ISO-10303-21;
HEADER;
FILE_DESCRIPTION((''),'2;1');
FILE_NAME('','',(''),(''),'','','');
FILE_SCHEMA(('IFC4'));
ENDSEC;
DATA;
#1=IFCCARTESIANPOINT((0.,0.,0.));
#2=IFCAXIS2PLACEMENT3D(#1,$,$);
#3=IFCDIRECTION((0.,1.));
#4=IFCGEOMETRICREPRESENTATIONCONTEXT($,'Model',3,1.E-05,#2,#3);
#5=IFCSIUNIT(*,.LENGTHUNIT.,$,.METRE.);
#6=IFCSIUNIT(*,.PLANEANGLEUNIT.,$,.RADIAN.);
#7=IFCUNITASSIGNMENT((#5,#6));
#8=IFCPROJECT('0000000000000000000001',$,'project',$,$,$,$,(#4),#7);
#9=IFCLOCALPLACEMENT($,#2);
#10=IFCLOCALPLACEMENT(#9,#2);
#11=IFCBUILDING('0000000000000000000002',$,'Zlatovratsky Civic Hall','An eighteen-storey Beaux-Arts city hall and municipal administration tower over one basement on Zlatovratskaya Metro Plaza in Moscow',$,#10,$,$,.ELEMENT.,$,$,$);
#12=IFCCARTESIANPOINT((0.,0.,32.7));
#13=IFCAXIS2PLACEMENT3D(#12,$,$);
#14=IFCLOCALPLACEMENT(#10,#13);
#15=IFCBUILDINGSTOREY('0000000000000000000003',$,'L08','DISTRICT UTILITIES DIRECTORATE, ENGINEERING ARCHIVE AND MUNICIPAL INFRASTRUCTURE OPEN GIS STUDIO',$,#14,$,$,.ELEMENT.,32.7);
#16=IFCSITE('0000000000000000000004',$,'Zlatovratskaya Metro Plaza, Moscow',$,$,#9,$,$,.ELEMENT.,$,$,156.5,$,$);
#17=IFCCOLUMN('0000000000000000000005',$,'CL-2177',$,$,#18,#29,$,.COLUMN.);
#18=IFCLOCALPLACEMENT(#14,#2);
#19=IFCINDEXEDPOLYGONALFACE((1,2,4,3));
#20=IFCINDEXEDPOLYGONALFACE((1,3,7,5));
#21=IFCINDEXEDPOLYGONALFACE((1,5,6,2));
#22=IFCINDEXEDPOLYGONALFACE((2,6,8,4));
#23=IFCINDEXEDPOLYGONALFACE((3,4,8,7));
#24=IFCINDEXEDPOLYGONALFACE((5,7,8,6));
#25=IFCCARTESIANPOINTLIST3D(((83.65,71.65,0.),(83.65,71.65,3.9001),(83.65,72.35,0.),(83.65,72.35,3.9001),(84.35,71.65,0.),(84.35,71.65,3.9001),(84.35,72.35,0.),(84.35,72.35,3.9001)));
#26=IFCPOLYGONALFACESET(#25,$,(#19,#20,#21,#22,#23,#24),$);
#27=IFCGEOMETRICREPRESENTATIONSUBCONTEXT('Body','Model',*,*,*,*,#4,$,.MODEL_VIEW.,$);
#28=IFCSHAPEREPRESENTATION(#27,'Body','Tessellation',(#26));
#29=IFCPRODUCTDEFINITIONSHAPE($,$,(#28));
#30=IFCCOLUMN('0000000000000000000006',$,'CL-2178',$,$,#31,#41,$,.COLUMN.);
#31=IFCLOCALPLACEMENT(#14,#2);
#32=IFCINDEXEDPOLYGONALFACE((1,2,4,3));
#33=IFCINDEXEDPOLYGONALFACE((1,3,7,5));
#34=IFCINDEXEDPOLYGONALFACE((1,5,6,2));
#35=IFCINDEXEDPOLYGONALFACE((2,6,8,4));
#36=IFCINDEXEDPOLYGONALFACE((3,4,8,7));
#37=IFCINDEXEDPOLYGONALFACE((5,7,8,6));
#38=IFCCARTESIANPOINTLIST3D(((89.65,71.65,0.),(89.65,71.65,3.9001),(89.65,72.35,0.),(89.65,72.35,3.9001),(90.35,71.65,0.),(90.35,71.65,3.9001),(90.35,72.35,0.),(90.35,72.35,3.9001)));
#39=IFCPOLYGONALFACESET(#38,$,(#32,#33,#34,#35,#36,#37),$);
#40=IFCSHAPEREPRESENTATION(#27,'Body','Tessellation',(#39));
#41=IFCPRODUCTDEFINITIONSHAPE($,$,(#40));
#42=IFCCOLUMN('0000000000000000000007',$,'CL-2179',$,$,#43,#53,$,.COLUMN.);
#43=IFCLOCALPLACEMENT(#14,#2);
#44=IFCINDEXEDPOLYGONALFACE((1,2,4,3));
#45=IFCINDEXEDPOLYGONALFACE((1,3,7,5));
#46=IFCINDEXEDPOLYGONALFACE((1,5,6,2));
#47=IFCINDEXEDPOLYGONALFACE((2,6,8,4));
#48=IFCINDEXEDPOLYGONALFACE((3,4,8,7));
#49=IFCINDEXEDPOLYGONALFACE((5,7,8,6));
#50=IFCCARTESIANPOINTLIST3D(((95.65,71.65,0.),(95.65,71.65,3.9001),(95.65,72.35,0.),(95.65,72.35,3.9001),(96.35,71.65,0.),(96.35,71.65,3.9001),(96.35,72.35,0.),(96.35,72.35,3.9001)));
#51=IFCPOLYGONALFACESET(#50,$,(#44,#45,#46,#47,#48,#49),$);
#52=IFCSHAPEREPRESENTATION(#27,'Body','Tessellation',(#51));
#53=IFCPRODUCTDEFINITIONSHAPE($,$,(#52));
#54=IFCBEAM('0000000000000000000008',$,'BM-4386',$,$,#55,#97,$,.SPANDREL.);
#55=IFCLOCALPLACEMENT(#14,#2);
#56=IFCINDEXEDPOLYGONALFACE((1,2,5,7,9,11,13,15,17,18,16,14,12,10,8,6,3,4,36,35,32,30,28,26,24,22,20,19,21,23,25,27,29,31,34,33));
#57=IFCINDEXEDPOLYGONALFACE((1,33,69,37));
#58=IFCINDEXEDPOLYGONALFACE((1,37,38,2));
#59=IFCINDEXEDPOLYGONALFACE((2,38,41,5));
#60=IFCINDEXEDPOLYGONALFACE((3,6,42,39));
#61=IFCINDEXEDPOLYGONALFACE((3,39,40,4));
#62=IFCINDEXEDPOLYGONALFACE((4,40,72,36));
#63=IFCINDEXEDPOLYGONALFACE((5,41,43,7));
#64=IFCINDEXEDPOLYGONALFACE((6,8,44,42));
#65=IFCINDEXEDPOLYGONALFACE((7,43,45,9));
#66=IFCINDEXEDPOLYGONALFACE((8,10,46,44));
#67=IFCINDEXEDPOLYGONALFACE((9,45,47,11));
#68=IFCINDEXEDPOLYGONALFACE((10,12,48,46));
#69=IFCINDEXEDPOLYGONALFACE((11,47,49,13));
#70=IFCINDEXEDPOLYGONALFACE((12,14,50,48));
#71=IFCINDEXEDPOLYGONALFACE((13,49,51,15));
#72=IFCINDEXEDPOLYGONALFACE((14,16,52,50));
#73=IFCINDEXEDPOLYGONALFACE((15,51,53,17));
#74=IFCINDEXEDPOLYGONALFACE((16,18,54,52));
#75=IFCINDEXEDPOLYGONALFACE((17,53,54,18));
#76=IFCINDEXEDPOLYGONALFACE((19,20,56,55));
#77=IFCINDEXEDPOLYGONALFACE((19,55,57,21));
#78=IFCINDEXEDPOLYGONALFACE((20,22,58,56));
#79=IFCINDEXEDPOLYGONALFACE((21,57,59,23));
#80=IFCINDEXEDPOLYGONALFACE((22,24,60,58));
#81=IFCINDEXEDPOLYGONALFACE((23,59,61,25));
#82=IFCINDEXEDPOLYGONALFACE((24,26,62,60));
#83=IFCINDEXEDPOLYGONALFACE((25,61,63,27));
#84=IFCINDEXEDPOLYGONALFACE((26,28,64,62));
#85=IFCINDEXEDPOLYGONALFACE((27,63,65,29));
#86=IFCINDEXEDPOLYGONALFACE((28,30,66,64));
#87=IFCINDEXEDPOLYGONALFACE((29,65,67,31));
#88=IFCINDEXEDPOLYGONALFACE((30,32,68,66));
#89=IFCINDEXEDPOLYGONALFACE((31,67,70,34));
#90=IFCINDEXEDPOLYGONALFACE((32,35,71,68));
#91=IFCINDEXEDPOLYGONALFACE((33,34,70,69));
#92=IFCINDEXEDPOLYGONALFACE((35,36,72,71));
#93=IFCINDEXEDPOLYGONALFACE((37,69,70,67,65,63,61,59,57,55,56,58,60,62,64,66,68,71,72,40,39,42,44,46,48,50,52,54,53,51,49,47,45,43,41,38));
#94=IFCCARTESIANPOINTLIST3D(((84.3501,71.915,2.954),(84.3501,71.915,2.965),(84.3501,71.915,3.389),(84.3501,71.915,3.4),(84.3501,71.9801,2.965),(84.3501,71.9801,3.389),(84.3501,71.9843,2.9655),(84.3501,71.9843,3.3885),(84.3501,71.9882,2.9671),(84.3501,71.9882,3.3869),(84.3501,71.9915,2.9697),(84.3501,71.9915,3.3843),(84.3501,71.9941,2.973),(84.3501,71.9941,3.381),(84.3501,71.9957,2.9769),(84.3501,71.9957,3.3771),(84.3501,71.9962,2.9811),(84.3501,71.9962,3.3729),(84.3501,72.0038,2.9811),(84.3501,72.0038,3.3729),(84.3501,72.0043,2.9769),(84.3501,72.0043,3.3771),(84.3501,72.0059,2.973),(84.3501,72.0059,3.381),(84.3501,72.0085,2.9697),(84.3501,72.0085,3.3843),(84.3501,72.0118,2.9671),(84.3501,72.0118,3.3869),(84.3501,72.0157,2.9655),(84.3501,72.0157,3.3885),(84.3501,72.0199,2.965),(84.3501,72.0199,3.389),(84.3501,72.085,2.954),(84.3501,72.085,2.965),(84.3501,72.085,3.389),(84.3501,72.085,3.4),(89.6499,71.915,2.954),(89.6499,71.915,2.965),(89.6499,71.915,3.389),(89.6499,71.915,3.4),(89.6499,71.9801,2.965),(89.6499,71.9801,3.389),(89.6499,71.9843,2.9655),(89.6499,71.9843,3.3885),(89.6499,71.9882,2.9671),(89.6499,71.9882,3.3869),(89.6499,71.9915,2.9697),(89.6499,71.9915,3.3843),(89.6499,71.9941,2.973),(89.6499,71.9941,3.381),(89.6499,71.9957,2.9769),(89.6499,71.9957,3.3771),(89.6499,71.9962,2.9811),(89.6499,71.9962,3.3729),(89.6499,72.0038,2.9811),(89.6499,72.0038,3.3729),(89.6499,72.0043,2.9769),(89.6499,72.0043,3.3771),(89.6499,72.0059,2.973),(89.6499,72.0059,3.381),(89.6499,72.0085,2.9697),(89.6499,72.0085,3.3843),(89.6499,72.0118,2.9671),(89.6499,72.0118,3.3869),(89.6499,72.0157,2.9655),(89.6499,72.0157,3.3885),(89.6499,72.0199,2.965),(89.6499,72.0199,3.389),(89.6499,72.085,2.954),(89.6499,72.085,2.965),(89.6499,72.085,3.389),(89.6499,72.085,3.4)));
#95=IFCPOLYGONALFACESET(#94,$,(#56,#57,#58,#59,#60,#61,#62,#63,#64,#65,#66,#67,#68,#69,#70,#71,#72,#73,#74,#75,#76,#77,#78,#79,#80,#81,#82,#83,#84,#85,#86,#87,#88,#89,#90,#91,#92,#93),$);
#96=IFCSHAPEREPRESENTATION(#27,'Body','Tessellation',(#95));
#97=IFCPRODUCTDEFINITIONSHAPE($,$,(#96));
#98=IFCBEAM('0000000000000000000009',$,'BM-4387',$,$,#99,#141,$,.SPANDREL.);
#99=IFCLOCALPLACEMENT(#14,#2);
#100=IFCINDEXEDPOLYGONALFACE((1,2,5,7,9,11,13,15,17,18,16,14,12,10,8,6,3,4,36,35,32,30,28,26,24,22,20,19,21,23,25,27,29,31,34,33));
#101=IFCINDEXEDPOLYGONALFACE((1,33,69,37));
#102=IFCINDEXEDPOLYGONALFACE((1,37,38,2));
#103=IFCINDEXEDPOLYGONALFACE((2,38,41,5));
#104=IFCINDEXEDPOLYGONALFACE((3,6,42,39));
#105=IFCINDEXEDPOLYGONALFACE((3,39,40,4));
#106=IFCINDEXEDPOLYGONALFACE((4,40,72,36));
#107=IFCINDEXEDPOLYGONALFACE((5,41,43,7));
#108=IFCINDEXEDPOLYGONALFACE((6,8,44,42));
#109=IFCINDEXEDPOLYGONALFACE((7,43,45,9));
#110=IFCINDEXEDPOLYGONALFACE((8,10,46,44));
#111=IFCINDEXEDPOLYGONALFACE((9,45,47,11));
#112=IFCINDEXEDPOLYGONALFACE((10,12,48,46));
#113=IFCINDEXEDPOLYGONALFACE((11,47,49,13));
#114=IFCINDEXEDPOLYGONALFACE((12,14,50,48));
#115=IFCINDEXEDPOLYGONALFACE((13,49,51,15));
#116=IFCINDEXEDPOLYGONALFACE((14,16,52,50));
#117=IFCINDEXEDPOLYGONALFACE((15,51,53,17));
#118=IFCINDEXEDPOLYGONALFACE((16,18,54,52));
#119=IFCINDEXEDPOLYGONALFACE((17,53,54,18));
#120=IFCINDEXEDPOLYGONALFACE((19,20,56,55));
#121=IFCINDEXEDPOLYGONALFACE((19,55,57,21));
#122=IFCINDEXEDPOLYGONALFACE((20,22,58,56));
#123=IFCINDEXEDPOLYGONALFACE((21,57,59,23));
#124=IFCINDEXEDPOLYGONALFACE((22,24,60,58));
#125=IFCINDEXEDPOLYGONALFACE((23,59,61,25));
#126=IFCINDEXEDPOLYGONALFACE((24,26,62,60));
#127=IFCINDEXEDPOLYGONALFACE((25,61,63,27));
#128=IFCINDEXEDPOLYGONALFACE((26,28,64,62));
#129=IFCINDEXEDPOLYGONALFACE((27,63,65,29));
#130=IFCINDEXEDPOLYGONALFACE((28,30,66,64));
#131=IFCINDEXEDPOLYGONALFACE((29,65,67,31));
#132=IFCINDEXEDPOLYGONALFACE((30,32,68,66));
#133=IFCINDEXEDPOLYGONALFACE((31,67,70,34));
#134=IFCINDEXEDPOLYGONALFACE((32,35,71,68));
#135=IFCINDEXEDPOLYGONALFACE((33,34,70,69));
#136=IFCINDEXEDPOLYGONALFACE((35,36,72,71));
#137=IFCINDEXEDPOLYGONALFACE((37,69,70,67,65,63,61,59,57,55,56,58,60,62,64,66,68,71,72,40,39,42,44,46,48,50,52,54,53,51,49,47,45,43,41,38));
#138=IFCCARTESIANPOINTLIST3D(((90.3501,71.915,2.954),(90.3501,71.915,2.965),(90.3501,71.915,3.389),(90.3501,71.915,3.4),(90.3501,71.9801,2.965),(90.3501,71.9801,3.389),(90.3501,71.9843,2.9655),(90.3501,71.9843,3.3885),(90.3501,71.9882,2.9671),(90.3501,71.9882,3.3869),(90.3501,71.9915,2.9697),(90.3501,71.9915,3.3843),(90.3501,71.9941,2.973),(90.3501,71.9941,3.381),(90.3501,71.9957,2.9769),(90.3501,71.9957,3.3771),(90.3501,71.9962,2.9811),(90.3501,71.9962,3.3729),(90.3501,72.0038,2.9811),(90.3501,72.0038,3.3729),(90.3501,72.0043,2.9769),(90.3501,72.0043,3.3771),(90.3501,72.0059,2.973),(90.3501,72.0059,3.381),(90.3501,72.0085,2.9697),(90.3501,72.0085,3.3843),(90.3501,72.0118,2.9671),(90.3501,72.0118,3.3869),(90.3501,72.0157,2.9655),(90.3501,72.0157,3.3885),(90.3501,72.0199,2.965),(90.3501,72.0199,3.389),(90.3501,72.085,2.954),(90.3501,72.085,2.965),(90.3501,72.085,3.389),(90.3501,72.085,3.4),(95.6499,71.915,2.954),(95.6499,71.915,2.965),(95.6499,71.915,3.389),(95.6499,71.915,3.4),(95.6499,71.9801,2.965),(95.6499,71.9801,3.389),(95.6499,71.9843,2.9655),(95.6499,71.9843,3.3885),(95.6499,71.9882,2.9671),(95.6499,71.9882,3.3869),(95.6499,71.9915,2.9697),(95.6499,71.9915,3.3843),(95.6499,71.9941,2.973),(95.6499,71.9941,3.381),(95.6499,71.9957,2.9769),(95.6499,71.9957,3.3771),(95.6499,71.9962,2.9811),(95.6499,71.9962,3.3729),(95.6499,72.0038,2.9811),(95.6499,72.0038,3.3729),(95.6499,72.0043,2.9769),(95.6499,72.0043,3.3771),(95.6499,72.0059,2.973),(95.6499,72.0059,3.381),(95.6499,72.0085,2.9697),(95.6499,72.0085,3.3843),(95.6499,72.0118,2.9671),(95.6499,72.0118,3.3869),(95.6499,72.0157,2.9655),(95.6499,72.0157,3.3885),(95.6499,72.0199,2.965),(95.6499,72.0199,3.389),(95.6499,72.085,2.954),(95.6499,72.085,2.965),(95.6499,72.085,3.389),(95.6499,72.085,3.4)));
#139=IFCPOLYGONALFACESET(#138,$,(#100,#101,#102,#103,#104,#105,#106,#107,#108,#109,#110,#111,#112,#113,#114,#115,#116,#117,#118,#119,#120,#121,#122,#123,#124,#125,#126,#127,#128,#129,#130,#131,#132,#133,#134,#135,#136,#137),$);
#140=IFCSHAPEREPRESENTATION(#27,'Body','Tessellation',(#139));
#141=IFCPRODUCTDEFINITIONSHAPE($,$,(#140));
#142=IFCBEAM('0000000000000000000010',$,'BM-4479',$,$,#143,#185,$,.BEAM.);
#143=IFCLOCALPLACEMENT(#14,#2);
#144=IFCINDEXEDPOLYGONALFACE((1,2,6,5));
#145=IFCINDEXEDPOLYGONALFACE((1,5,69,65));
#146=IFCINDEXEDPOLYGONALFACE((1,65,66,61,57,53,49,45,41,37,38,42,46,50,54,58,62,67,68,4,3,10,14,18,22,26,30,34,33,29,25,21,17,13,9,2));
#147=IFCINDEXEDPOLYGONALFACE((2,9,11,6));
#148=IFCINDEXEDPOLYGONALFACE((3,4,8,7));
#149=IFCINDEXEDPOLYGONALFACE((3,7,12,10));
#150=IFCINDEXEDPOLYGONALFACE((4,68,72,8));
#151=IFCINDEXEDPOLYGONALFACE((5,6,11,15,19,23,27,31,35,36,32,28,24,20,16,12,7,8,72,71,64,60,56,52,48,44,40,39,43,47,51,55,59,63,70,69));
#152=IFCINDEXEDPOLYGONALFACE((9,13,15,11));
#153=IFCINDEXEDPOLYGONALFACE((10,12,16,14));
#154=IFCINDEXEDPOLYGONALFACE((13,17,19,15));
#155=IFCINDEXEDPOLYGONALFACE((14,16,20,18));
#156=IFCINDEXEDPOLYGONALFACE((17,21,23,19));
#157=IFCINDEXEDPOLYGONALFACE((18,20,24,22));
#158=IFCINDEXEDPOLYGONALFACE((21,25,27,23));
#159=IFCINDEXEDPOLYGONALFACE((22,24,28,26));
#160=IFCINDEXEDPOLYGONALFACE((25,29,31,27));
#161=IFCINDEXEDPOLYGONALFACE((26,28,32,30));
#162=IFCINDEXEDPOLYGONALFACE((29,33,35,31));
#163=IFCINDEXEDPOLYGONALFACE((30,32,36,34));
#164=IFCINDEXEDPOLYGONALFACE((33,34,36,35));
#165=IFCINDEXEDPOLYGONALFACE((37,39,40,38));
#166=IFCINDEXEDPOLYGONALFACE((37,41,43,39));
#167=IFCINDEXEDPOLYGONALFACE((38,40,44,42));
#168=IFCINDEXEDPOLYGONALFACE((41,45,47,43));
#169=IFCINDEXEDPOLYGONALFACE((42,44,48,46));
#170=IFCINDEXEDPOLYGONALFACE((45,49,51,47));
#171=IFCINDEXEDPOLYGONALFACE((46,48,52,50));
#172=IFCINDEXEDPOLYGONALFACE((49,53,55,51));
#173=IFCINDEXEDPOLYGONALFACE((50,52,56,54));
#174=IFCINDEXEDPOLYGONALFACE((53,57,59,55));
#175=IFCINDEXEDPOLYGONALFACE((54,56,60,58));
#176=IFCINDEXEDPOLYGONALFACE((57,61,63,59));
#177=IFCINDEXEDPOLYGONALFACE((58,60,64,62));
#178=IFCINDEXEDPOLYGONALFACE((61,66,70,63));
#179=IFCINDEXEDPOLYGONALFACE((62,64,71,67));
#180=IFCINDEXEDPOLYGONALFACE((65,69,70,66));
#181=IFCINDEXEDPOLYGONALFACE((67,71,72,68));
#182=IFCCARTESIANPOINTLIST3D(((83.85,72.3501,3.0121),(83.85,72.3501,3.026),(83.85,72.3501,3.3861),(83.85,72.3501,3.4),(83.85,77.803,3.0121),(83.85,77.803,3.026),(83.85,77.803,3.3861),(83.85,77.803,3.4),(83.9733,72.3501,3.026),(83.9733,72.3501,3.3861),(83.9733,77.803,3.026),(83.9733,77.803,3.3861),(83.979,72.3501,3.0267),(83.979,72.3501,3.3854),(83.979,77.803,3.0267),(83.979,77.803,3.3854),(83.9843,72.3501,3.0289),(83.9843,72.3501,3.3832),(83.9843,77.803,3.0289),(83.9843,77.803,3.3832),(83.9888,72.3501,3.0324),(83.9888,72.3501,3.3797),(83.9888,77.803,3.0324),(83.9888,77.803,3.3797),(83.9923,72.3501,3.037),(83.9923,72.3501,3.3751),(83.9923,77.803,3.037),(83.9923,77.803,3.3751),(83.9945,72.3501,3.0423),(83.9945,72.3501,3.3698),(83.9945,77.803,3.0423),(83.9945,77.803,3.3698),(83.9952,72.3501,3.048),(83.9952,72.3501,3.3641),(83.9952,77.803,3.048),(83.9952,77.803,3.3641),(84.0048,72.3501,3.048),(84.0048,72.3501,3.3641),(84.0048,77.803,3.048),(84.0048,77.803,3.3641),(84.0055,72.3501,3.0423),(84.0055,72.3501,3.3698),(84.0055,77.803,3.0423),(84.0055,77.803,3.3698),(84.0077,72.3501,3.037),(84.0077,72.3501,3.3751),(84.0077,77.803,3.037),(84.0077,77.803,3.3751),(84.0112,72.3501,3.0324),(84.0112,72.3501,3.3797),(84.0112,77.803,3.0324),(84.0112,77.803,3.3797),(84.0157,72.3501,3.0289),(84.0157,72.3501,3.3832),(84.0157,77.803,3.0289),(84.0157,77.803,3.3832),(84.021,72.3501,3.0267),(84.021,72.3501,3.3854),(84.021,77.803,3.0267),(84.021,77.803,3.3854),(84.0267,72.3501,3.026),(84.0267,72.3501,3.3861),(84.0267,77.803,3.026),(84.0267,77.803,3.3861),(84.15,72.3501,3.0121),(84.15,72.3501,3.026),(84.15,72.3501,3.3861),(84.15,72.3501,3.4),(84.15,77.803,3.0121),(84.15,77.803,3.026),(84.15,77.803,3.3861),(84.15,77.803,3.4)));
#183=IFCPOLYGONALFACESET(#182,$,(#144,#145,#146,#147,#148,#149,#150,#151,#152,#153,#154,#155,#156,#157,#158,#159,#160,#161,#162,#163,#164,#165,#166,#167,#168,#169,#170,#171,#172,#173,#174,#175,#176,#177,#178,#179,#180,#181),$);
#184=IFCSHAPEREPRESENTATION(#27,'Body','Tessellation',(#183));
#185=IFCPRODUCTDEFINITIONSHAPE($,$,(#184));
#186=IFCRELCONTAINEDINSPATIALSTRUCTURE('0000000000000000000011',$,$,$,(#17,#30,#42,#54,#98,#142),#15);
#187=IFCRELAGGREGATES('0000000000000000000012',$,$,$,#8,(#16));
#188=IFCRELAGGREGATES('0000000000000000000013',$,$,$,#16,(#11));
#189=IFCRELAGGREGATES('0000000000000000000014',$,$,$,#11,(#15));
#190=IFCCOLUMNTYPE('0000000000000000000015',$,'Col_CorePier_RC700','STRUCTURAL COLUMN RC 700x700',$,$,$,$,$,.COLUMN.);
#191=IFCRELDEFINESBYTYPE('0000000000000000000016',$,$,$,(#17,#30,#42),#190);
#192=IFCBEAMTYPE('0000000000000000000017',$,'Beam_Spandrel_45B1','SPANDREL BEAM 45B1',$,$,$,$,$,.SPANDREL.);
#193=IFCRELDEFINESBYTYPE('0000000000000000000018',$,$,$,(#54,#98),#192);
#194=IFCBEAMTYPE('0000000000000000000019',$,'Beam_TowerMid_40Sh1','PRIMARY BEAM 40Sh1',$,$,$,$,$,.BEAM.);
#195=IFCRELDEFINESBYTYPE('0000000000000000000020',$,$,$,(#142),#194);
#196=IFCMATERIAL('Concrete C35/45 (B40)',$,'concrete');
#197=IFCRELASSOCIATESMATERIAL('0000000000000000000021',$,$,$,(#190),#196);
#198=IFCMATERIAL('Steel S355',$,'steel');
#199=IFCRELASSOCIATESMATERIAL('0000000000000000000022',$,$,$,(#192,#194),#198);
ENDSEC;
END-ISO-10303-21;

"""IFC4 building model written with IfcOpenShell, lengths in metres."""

from ifc_helpers import new_model, si_unit, direction, frame, origin, origin_2d, place, context, subcontext, project, spatial, rectangle, i_section, extrude, material, material_profile, profile_set, type_object, element, save


model = new_model("IFC4")

# Units and contexts
model_context = context("Model", 3, precision=1e-05, world=origin(), true_north=direction((0.0, 1.0)))
body_context = subcontext(model_context, "Body", "Model", "MODEL_VIEW")
ifc_project = project(units=[si_unit("LENGTHUNIT", "METRE"), si_unit("PLANEANGLEUNIT", "RADIAN")], contexts=[model_context])

# Site, building, storey
site_placement = place(None, origin())
site = spatial("IfcSite", under=ifc_project, at=site_placement, Name="Zlatovratskaya Metro Plaza, Moscow", CompositionType="ELEMENT", RefElevation=156.5)
building_placement = place(site_placement, origin())
building = spatial("IfcBuilding", under=site, at=building_placement, Name="Zlatovratsky Civic Hall", Description="An eighteen-storey Beaux-Arts city hall and municipal administration tower over one basement on Zlatovratskaya Metro Plaza in Moscow", CompositionType="ELEMENT")
storey_placement = place(building_placement, frame((0.0, 0.0, 32.7)))
storey = spatial("IfcBuildingStorey", under=building, at=storey_placement, Name="L08", Description="DISTRICT UTILITIES DIRECTORATE, ENGINEERING ARCHIVE AND MUNICIPAL INFRASTRUCTURE OPEN GIS STUDIO", CompositionType="ELEMENT", Elevation=32.7)

# Columns
ifc_material_1 = material(Name="Concrete C35/45 (B40)", Category="concrete")
ifc_material_profile_1 = material_profile(ifc_material_1, rectangle(XDim=0.7, YDim=0.7, at=origin_2d()), Name="RC 700x700")
ifc_profile_set_1 = profile_set([ifc_material_profile_1], Name="Concrete C35/45 (B40)")
column_type = type_object("IfcColumnType", Name="Col_CorePier_RC700", Description="STRUCTURAL COLUMN RC 700x700", PredefinedType="COLUMN", material=ifc_profile_set_1)
for number, where, z_axis, x_axis, name in (
    (1, (84.0, 72.0, 0.0), (0.0, 0.0, 1.0), (1.0, 0.0, 0.0), "CL-2177"),
    (2, (90.0, 72.0, 0.0), (0.0, 0.0, 1.0), (1.0, 0.0, 0.0), "CL-2178"),
    (3, (96.0, 72.0, 0.0), (0.0, 0.0, 1.0), (1.0, 0.0, 0.0), "CL-2179"),
):
    element("IfcColumn", number, at=place(storey_placement, frame(where, z_axis=z_axis, x_axis=x_axis)), inside=storey, type_object=column_type, Name=name, PredefinedType="COLUMN", context=body_context, shape_type="SweptSolid", body=[
        extrude(rectangle(XDim=0.7, YDim=0.7, at=origin_2d()), origin(), (0.0, 0.0, 1.0), 3.9001),
    ])

# Beams
ifc_material_2 = material(Name="Steel S355", Category="steel")
ifc_material_profile_2 = material_profile(ifc_material_2, i_section(OverallWidth=0.1699, OverallDepth=0.446, WebThickness=0.0076, FlangeThickness=0.011, FilletRadius=0.0161, at=origin_2d()), Name="45B1")
ifc_profile_set_2 = profile_set([ifc_material_profile_2], Name="Steel S355")
beam_type_1 = type_object("IfcBeamType", Name="Beam_Spandrel_45B1", Description="SPANDREL BEAM 45B1", PredefinedType="SPANDREL", material=ifc_profile_set_2)
for number, where, z_axis, x_axis, name in (
    (4, (84.3501, 72.0, 3.177), (1.0, 0.0, 0.0), (0.0, 1.0, 0.0), "BM-4386"),
    (5, (90.3501, 72.0, 3.177), (1.0, 0.0, 0.0), (0.0, 1.0, 0.0), "BM-4387"),
):
    element("IfcBeam", number, at=place(storey_placement, frame(where, z_axis=z_axis, x_axis=x_axis)), inside=storey, type_object=beam_type_1, Name=name, PredefinedType="SPANDREL", context=body_context, shape_type="SweptSolid", body=[
        extrude(i_section(OverallWidth=0.1699, OverallDepth=0.446, WebThickness=0.0076, FlangeThickness=0.011, FilletRadius=0.0161, at=origin_2d()), origin(), (0.0, 0.0, 1.0), 5.2998),
    ])
ifc_material_profile_3 = material_profile(ifc_material_2, i_section(OverallWidth=0.3, OverallDepth=0.3879, WebThickness=0.0095, FlangeThickness=0.0139, FilletRadius=0.022, at=origin_2d()), Name="40Sh1")
ifc_profile_set_3 = profile_set([ifc_material_profile_3], Name="Steel S355")
beam_type_2 = type_object("IfcBeamType", Name="Beam_TowerMid_40Sh1", Description="PRIMARY BEAM 40Sh1", PredefinedType="BEAM", material=ifc_profile_set_3)
for number, where, z_axis, x_axis, name in (
    (6, (84.0, 72.3501, 3.2061), (0.0, 1.0, 0.0), (-1.0, 0.0, 0.0), "BM-4479"),
):
    element("IfcBeam", number, at=place(storey_placement, frame(where, z_axis=z_axis, x_axis=x_axis)), inside=storey, type_object=beam_type_2, Name=name, PredefinedType="BEAM", context=body_context, shape_type="SweptSolid", body=[
        extrude(i_section(OverallWidth=0.3, OverallDepth=0.3879, WebThickness=0.0095, FlangeThickness=0.0139, FilletRadius=0.022, at=origin_2d()), origin(), (0.0, 0.0, 1.0), 5.4529),
    ])

save(model, "model.ifc")
